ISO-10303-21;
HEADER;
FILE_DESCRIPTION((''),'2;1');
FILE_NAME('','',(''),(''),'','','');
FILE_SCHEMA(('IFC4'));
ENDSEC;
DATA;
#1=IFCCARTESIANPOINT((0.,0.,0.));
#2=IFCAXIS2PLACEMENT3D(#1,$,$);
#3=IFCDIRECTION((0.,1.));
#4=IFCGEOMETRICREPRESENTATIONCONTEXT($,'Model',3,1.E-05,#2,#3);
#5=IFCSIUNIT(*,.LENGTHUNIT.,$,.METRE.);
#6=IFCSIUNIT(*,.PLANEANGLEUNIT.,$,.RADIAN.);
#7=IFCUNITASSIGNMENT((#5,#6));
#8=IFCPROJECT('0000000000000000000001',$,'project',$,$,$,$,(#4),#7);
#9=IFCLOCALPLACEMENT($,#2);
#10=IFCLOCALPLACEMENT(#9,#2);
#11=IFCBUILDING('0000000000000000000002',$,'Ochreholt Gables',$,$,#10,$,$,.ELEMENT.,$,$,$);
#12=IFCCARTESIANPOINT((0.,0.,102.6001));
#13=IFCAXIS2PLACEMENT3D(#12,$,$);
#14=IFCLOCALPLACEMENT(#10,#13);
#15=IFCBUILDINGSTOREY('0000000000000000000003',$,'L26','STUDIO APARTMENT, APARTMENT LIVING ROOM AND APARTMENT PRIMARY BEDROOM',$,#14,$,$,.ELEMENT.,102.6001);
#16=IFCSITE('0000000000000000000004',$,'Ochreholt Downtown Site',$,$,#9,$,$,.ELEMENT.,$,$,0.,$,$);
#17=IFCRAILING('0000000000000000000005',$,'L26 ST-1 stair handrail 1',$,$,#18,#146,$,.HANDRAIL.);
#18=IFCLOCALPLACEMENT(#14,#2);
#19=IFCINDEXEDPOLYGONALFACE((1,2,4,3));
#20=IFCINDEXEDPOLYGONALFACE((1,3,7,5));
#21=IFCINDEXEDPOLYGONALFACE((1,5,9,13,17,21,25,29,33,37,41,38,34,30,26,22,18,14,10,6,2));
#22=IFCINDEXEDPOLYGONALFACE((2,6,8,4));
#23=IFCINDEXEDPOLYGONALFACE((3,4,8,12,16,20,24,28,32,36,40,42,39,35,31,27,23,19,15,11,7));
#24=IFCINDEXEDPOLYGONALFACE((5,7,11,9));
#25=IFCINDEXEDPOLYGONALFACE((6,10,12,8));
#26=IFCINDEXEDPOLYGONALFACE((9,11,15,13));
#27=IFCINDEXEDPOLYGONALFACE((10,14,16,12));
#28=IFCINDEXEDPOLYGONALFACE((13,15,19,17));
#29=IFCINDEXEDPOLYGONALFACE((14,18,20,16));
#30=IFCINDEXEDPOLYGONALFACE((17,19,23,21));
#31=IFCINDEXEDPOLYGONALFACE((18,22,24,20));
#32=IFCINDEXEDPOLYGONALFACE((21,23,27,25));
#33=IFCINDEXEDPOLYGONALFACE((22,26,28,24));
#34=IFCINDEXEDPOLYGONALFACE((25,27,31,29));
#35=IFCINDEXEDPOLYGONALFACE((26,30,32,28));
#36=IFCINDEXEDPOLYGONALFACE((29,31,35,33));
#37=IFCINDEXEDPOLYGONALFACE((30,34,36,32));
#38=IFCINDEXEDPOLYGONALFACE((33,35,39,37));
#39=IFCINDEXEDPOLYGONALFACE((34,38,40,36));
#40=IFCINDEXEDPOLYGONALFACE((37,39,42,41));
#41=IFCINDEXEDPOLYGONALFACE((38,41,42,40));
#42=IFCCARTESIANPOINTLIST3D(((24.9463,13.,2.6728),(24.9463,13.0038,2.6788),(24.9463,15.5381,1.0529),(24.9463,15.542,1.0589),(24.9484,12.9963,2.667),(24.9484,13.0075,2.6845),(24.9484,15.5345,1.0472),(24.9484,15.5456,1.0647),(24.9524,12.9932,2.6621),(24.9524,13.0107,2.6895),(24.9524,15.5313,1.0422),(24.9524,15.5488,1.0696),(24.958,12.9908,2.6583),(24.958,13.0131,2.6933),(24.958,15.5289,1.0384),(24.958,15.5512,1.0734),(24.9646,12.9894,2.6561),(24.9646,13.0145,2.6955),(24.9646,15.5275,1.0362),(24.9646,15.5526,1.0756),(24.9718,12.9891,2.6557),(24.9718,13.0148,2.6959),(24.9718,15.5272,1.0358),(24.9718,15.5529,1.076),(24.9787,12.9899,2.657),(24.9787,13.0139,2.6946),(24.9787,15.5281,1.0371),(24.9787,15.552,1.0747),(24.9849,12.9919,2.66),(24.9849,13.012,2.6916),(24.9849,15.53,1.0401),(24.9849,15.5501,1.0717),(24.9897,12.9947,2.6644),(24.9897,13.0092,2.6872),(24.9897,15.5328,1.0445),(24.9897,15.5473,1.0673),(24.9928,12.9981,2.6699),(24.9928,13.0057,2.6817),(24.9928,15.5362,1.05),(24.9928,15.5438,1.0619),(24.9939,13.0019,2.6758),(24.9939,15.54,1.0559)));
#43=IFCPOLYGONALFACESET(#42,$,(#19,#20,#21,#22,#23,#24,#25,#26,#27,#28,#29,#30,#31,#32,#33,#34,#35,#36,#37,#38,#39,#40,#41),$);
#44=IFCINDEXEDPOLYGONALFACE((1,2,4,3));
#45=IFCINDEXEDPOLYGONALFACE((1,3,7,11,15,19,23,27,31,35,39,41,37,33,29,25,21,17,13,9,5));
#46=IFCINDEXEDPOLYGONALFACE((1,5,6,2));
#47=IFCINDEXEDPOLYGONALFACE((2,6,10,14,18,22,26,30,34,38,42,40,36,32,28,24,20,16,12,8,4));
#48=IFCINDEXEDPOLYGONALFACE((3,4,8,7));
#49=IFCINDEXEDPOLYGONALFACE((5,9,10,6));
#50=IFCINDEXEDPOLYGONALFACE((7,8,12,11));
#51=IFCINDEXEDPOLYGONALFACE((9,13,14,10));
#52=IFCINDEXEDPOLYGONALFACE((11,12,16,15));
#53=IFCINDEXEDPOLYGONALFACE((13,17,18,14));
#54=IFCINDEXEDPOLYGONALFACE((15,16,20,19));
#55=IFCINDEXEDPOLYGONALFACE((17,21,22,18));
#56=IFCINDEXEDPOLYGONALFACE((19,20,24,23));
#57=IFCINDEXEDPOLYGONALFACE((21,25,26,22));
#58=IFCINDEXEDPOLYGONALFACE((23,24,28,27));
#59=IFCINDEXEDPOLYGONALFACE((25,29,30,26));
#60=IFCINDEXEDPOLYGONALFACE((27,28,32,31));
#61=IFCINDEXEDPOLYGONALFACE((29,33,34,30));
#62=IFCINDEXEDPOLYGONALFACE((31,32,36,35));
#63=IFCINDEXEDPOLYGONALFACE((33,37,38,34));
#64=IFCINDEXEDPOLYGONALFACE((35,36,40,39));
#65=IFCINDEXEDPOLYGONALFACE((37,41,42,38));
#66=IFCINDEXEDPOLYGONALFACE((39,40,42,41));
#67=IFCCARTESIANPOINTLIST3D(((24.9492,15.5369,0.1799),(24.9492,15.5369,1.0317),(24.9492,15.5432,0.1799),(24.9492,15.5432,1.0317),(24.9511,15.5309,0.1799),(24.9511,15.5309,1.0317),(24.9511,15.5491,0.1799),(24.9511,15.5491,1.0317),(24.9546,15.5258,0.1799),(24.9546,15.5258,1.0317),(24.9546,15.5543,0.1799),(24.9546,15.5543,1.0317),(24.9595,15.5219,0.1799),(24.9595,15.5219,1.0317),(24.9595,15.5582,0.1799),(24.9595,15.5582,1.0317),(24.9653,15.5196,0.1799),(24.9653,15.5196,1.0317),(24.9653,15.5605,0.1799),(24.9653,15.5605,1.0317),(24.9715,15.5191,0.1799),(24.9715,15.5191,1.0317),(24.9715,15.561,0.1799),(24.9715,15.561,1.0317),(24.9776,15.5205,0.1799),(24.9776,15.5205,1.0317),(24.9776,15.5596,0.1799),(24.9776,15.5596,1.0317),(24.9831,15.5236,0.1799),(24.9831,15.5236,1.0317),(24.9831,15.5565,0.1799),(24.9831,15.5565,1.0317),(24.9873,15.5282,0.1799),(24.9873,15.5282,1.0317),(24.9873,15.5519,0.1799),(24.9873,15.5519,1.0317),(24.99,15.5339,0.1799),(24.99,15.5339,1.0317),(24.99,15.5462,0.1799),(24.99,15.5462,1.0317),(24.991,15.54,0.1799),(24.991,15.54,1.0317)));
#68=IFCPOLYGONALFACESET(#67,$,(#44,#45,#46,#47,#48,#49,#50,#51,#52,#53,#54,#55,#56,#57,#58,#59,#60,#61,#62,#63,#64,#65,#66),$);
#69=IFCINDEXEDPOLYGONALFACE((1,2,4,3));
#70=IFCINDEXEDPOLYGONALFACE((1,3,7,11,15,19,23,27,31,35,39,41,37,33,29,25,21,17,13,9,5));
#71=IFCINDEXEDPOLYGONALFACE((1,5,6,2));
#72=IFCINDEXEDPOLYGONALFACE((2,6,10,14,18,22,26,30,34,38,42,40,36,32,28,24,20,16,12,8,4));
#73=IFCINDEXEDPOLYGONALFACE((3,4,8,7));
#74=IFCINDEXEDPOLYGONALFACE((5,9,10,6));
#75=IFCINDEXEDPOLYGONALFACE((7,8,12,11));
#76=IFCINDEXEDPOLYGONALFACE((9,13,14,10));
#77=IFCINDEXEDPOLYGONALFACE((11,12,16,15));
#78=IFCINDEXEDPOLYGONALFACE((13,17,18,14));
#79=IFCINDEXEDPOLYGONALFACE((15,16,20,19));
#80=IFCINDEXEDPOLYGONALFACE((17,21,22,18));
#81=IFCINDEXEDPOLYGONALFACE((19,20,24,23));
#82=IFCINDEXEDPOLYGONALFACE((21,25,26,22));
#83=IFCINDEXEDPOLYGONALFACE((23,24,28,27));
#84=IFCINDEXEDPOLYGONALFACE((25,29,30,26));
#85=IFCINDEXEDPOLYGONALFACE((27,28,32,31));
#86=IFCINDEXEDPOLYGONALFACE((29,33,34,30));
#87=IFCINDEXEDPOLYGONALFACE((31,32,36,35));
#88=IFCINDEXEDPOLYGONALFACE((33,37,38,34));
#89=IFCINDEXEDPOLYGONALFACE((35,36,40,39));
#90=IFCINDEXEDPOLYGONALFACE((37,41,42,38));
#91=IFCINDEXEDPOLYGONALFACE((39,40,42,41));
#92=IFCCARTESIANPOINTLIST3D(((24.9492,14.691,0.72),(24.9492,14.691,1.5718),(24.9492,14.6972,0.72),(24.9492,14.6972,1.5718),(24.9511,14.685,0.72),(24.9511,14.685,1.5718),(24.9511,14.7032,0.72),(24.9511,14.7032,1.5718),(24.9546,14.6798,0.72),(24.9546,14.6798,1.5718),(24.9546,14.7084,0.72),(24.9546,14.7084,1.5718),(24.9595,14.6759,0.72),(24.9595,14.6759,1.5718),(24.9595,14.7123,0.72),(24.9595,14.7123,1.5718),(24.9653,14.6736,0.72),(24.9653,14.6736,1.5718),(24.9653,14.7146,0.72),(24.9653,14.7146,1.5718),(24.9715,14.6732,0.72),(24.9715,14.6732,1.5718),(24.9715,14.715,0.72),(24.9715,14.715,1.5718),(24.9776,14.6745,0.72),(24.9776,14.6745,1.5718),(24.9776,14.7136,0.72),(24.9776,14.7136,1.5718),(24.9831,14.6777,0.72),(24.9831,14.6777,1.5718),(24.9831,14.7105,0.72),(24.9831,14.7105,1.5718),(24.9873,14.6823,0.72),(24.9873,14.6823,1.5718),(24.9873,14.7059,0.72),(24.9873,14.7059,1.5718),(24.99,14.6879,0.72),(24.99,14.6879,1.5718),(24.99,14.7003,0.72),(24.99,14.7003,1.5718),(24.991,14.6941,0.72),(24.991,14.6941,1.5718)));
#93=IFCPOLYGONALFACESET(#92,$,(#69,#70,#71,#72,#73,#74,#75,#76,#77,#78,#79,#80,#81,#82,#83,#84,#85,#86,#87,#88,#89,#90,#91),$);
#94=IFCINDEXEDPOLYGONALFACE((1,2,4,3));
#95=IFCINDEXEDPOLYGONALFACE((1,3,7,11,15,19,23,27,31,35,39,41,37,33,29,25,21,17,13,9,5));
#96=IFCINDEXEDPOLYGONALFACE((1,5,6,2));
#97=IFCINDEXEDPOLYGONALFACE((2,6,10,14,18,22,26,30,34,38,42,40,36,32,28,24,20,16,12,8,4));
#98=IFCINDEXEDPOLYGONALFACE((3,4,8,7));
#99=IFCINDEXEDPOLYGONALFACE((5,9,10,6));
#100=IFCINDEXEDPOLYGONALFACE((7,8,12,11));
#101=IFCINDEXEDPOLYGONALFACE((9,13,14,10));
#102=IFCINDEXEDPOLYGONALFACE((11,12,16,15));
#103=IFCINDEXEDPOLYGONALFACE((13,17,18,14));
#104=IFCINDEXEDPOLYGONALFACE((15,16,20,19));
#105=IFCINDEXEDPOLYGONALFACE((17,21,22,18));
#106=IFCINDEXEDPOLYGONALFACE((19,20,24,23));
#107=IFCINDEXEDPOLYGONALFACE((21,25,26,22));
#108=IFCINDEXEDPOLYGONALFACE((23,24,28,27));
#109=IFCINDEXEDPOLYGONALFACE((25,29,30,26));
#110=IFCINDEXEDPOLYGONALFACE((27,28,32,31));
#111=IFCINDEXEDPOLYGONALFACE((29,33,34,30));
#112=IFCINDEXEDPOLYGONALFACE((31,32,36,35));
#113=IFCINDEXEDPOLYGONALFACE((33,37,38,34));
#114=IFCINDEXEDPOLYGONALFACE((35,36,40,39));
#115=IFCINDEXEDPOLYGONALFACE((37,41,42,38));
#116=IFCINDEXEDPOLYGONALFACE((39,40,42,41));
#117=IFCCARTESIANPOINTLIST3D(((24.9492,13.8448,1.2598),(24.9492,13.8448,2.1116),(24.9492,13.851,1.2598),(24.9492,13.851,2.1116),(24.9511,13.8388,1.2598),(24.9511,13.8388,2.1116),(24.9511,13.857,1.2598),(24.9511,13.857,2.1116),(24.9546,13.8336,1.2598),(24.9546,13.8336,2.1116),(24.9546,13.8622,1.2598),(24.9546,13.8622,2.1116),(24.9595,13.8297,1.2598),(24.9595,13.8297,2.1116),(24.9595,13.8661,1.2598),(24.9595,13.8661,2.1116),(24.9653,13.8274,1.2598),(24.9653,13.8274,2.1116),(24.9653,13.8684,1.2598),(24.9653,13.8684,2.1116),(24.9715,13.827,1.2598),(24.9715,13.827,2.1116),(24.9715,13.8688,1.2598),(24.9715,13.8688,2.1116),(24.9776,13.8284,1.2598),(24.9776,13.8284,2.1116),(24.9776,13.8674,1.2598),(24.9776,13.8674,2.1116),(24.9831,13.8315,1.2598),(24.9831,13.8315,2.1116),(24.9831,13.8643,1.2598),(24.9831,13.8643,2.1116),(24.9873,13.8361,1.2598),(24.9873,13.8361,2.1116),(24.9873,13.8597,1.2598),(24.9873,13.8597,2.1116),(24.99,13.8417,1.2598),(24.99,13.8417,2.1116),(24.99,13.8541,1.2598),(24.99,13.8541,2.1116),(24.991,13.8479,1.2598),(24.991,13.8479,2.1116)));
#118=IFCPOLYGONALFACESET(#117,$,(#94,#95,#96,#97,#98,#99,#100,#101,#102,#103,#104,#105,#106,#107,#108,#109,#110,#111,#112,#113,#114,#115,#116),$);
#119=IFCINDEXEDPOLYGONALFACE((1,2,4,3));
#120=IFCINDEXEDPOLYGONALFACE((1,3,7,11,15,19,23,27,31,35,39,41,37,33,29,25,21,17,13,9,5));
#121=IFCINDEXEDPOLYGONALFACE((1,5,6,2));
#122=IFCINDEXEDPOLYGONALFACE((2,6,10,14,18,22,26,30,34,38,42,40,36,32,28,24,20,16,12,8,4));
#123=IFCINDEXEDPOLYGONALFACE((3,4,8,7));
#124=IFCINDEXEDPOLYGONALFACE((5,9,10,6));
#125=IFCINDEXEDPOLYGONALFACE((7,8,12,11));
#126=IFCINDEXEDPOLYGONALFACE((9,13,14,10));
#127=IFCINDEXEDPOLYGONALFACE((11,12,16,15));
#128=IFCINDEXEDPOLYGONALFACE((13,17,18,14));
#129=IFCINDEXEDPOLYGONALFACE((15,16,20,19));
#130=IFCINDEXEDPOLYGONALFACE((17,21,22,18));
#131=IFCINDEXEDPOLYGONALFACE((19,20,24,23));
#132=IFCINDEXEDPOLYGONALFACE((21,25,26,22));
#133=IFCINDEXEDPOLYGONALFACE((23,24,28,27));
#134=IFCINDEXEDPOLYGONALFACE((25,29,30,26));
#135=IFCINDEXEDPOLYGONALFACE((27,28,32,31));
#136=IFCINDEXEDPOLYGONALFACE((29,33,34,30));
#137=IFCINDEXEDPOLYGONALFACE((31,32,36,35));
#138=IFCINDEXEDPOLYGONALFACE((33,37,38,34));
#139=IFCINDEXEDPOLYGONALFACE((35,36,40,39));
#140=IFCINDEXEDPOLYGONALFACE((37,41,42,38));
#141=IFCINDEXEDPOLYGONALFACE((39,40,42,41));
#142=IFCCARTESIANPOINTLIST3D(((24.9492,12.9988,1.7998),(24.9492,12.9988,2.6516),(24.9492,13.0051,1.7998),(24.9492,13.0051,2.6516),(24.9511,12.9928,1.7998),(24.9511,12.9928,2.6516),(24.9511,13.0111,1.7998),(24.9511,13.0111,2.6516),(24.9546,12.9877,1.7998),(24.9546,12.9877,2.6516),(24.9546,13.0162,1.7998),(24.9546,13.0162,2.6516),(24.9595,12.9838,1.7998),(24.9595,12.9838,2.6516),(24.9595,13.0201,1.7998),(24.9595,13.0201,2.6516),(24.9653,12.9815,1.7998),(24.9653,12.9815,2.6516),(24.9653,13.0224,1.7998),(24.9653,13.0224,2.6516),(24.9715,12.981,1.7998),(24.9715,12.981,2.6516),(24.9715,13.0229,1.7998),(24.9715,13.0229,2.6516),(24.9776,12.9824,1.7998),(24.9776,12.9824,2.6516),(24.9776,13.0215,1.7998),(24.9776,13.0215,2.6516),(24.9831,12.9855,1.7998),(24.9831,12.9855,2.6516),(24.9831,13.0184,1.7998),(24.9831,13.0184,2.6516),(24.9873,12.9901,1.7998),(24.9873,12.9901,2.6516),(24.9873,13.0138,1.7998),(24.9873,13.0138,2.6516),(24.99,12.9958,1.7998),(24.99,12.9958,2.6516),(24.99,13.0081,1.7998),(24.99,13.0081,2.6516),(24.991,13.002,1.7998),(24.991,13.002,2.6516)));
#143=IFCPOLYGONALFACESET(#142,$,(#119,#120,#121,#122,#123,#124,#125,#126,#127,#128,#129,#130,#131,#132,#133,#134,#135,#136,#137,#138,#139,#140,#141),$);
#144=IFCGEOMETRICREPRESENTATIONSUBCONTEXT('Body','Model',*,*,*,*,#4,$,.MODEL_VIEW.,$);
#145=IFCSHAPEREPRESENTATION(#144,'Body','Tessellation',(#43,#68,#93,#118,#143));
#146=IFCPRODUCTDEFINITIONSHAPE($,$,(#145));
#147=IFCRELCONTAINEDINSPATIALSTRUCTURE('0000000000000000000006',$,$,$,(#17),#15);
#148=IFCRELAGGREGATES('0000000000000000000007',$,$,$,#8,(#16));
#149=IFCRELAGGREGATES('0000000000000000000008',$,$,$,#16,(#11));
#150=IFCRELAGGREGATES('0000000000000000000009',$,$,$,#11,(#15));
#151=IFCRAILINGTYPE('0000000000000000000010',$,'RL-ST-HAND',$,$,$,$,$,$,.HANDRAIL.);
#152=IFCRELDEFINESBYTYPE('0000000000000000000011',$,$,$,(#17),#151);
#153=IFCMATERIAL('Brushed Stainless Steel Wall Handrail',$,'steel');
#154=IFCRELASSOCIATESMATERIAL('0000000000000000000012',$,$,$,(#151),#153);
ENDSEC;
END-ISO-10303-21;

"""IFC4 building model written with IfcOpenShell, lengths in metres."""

from ifc_helpers import new_model, si_unit, direction, frame, origin, origin_2d, place, context, subcontext, project, spatial, circle, extrude, material, type_object, element, save


model = new_model("IFC4")

# Units and contexts
model_context = context("Model", 3, precision=1e-05, world=origin(), true_north=direction((0.0, 1.0)))
body_context = subcontext(model_context, "Body", "Model", "MODEL_VIEW")
ifc_project = project(units=[si_unit("LENGTHUNIT", "METRE"), si_unit("PLANEANGLEUNIT", "RADIAN")], contexts=[model_context])

# Site, building, storey
site_placement = place(None, origin())
site = spatial("IfcSite", under=ifc_project, at=site_placement, Name="Ochreholt Downtown Site", CompositionType="ELEMENT", RefElevation=0.0)
building_placement = place(site_placement, origin())
building = spatial("IfcBuilding", under=site, at=building_placement, Name="Ochreholt Gables", CompositionType="ELEMENT")
storey_placement = place(building_placement, frame((0.0, 0.0, 102.6001)))
storey = spatial("IfcBuildingStorey", under=building, at=storey_placement, Name="L26", Description="STUDIO APARTMENT, APARTMENT LIVING ROOM AND APARTMENT PRIMARY BEDROOM", CompositionType="ELEMENT", Elevation=102.6001)

# Railing
ifc_material_1 = material(Name="Brushed Stainless Steel Wall Handrail", Category="steel")
railing_type_1 = type_object("IfcRailingType", Name="RL-ST-HAND", PredefinedType="HANDRAIL", material=ifc_material_1)
railing_1_placement = place(storey_placement, frame((24.97, 15.54, 0.1799)))
element("IfcRailing", 1, at=railing_1_placement, inside=storey, type_object=railing_type_1, Name="L26 ST-1 stair handrail 1", PredefinedType="HANDRAIL", context=body_context, shape_type="SweptSolid", body=[
    extrude(circle(Radius=0.0239, at=origin_2d()), frame((0.0, 0.0, 0.876), z_axis=(0.0, -0.84295, 0.537993), x_axis=(1.0, 0.0, 0.0)), (0.0, 0.0, 1.0), 3.011),
    extrude(circle(Radius=0.021, at=origin_2d()), origin(), (0.0, 0.0, 1.0), 0.8518),
    extrude(circle(Radius=0.021, at=origin_2d()), frame((0.0, -0.8459, 0.54)), (0.0, 0.0, 1.0), 0.8518),
    extrude(circle(Radius=0.021, at=origin_2d()), frame((0.0, -1.6921, 1.0798)), (0.0, 0.0, 1.0), 0.8518),
    extrude(circle(Radius=0.021, at=origin_2d()), frame((0.0, -2.5381, 1.6199)), (0.0, 0.0, 1.0), 0.8518),
])

save(model, "model.ifc")
